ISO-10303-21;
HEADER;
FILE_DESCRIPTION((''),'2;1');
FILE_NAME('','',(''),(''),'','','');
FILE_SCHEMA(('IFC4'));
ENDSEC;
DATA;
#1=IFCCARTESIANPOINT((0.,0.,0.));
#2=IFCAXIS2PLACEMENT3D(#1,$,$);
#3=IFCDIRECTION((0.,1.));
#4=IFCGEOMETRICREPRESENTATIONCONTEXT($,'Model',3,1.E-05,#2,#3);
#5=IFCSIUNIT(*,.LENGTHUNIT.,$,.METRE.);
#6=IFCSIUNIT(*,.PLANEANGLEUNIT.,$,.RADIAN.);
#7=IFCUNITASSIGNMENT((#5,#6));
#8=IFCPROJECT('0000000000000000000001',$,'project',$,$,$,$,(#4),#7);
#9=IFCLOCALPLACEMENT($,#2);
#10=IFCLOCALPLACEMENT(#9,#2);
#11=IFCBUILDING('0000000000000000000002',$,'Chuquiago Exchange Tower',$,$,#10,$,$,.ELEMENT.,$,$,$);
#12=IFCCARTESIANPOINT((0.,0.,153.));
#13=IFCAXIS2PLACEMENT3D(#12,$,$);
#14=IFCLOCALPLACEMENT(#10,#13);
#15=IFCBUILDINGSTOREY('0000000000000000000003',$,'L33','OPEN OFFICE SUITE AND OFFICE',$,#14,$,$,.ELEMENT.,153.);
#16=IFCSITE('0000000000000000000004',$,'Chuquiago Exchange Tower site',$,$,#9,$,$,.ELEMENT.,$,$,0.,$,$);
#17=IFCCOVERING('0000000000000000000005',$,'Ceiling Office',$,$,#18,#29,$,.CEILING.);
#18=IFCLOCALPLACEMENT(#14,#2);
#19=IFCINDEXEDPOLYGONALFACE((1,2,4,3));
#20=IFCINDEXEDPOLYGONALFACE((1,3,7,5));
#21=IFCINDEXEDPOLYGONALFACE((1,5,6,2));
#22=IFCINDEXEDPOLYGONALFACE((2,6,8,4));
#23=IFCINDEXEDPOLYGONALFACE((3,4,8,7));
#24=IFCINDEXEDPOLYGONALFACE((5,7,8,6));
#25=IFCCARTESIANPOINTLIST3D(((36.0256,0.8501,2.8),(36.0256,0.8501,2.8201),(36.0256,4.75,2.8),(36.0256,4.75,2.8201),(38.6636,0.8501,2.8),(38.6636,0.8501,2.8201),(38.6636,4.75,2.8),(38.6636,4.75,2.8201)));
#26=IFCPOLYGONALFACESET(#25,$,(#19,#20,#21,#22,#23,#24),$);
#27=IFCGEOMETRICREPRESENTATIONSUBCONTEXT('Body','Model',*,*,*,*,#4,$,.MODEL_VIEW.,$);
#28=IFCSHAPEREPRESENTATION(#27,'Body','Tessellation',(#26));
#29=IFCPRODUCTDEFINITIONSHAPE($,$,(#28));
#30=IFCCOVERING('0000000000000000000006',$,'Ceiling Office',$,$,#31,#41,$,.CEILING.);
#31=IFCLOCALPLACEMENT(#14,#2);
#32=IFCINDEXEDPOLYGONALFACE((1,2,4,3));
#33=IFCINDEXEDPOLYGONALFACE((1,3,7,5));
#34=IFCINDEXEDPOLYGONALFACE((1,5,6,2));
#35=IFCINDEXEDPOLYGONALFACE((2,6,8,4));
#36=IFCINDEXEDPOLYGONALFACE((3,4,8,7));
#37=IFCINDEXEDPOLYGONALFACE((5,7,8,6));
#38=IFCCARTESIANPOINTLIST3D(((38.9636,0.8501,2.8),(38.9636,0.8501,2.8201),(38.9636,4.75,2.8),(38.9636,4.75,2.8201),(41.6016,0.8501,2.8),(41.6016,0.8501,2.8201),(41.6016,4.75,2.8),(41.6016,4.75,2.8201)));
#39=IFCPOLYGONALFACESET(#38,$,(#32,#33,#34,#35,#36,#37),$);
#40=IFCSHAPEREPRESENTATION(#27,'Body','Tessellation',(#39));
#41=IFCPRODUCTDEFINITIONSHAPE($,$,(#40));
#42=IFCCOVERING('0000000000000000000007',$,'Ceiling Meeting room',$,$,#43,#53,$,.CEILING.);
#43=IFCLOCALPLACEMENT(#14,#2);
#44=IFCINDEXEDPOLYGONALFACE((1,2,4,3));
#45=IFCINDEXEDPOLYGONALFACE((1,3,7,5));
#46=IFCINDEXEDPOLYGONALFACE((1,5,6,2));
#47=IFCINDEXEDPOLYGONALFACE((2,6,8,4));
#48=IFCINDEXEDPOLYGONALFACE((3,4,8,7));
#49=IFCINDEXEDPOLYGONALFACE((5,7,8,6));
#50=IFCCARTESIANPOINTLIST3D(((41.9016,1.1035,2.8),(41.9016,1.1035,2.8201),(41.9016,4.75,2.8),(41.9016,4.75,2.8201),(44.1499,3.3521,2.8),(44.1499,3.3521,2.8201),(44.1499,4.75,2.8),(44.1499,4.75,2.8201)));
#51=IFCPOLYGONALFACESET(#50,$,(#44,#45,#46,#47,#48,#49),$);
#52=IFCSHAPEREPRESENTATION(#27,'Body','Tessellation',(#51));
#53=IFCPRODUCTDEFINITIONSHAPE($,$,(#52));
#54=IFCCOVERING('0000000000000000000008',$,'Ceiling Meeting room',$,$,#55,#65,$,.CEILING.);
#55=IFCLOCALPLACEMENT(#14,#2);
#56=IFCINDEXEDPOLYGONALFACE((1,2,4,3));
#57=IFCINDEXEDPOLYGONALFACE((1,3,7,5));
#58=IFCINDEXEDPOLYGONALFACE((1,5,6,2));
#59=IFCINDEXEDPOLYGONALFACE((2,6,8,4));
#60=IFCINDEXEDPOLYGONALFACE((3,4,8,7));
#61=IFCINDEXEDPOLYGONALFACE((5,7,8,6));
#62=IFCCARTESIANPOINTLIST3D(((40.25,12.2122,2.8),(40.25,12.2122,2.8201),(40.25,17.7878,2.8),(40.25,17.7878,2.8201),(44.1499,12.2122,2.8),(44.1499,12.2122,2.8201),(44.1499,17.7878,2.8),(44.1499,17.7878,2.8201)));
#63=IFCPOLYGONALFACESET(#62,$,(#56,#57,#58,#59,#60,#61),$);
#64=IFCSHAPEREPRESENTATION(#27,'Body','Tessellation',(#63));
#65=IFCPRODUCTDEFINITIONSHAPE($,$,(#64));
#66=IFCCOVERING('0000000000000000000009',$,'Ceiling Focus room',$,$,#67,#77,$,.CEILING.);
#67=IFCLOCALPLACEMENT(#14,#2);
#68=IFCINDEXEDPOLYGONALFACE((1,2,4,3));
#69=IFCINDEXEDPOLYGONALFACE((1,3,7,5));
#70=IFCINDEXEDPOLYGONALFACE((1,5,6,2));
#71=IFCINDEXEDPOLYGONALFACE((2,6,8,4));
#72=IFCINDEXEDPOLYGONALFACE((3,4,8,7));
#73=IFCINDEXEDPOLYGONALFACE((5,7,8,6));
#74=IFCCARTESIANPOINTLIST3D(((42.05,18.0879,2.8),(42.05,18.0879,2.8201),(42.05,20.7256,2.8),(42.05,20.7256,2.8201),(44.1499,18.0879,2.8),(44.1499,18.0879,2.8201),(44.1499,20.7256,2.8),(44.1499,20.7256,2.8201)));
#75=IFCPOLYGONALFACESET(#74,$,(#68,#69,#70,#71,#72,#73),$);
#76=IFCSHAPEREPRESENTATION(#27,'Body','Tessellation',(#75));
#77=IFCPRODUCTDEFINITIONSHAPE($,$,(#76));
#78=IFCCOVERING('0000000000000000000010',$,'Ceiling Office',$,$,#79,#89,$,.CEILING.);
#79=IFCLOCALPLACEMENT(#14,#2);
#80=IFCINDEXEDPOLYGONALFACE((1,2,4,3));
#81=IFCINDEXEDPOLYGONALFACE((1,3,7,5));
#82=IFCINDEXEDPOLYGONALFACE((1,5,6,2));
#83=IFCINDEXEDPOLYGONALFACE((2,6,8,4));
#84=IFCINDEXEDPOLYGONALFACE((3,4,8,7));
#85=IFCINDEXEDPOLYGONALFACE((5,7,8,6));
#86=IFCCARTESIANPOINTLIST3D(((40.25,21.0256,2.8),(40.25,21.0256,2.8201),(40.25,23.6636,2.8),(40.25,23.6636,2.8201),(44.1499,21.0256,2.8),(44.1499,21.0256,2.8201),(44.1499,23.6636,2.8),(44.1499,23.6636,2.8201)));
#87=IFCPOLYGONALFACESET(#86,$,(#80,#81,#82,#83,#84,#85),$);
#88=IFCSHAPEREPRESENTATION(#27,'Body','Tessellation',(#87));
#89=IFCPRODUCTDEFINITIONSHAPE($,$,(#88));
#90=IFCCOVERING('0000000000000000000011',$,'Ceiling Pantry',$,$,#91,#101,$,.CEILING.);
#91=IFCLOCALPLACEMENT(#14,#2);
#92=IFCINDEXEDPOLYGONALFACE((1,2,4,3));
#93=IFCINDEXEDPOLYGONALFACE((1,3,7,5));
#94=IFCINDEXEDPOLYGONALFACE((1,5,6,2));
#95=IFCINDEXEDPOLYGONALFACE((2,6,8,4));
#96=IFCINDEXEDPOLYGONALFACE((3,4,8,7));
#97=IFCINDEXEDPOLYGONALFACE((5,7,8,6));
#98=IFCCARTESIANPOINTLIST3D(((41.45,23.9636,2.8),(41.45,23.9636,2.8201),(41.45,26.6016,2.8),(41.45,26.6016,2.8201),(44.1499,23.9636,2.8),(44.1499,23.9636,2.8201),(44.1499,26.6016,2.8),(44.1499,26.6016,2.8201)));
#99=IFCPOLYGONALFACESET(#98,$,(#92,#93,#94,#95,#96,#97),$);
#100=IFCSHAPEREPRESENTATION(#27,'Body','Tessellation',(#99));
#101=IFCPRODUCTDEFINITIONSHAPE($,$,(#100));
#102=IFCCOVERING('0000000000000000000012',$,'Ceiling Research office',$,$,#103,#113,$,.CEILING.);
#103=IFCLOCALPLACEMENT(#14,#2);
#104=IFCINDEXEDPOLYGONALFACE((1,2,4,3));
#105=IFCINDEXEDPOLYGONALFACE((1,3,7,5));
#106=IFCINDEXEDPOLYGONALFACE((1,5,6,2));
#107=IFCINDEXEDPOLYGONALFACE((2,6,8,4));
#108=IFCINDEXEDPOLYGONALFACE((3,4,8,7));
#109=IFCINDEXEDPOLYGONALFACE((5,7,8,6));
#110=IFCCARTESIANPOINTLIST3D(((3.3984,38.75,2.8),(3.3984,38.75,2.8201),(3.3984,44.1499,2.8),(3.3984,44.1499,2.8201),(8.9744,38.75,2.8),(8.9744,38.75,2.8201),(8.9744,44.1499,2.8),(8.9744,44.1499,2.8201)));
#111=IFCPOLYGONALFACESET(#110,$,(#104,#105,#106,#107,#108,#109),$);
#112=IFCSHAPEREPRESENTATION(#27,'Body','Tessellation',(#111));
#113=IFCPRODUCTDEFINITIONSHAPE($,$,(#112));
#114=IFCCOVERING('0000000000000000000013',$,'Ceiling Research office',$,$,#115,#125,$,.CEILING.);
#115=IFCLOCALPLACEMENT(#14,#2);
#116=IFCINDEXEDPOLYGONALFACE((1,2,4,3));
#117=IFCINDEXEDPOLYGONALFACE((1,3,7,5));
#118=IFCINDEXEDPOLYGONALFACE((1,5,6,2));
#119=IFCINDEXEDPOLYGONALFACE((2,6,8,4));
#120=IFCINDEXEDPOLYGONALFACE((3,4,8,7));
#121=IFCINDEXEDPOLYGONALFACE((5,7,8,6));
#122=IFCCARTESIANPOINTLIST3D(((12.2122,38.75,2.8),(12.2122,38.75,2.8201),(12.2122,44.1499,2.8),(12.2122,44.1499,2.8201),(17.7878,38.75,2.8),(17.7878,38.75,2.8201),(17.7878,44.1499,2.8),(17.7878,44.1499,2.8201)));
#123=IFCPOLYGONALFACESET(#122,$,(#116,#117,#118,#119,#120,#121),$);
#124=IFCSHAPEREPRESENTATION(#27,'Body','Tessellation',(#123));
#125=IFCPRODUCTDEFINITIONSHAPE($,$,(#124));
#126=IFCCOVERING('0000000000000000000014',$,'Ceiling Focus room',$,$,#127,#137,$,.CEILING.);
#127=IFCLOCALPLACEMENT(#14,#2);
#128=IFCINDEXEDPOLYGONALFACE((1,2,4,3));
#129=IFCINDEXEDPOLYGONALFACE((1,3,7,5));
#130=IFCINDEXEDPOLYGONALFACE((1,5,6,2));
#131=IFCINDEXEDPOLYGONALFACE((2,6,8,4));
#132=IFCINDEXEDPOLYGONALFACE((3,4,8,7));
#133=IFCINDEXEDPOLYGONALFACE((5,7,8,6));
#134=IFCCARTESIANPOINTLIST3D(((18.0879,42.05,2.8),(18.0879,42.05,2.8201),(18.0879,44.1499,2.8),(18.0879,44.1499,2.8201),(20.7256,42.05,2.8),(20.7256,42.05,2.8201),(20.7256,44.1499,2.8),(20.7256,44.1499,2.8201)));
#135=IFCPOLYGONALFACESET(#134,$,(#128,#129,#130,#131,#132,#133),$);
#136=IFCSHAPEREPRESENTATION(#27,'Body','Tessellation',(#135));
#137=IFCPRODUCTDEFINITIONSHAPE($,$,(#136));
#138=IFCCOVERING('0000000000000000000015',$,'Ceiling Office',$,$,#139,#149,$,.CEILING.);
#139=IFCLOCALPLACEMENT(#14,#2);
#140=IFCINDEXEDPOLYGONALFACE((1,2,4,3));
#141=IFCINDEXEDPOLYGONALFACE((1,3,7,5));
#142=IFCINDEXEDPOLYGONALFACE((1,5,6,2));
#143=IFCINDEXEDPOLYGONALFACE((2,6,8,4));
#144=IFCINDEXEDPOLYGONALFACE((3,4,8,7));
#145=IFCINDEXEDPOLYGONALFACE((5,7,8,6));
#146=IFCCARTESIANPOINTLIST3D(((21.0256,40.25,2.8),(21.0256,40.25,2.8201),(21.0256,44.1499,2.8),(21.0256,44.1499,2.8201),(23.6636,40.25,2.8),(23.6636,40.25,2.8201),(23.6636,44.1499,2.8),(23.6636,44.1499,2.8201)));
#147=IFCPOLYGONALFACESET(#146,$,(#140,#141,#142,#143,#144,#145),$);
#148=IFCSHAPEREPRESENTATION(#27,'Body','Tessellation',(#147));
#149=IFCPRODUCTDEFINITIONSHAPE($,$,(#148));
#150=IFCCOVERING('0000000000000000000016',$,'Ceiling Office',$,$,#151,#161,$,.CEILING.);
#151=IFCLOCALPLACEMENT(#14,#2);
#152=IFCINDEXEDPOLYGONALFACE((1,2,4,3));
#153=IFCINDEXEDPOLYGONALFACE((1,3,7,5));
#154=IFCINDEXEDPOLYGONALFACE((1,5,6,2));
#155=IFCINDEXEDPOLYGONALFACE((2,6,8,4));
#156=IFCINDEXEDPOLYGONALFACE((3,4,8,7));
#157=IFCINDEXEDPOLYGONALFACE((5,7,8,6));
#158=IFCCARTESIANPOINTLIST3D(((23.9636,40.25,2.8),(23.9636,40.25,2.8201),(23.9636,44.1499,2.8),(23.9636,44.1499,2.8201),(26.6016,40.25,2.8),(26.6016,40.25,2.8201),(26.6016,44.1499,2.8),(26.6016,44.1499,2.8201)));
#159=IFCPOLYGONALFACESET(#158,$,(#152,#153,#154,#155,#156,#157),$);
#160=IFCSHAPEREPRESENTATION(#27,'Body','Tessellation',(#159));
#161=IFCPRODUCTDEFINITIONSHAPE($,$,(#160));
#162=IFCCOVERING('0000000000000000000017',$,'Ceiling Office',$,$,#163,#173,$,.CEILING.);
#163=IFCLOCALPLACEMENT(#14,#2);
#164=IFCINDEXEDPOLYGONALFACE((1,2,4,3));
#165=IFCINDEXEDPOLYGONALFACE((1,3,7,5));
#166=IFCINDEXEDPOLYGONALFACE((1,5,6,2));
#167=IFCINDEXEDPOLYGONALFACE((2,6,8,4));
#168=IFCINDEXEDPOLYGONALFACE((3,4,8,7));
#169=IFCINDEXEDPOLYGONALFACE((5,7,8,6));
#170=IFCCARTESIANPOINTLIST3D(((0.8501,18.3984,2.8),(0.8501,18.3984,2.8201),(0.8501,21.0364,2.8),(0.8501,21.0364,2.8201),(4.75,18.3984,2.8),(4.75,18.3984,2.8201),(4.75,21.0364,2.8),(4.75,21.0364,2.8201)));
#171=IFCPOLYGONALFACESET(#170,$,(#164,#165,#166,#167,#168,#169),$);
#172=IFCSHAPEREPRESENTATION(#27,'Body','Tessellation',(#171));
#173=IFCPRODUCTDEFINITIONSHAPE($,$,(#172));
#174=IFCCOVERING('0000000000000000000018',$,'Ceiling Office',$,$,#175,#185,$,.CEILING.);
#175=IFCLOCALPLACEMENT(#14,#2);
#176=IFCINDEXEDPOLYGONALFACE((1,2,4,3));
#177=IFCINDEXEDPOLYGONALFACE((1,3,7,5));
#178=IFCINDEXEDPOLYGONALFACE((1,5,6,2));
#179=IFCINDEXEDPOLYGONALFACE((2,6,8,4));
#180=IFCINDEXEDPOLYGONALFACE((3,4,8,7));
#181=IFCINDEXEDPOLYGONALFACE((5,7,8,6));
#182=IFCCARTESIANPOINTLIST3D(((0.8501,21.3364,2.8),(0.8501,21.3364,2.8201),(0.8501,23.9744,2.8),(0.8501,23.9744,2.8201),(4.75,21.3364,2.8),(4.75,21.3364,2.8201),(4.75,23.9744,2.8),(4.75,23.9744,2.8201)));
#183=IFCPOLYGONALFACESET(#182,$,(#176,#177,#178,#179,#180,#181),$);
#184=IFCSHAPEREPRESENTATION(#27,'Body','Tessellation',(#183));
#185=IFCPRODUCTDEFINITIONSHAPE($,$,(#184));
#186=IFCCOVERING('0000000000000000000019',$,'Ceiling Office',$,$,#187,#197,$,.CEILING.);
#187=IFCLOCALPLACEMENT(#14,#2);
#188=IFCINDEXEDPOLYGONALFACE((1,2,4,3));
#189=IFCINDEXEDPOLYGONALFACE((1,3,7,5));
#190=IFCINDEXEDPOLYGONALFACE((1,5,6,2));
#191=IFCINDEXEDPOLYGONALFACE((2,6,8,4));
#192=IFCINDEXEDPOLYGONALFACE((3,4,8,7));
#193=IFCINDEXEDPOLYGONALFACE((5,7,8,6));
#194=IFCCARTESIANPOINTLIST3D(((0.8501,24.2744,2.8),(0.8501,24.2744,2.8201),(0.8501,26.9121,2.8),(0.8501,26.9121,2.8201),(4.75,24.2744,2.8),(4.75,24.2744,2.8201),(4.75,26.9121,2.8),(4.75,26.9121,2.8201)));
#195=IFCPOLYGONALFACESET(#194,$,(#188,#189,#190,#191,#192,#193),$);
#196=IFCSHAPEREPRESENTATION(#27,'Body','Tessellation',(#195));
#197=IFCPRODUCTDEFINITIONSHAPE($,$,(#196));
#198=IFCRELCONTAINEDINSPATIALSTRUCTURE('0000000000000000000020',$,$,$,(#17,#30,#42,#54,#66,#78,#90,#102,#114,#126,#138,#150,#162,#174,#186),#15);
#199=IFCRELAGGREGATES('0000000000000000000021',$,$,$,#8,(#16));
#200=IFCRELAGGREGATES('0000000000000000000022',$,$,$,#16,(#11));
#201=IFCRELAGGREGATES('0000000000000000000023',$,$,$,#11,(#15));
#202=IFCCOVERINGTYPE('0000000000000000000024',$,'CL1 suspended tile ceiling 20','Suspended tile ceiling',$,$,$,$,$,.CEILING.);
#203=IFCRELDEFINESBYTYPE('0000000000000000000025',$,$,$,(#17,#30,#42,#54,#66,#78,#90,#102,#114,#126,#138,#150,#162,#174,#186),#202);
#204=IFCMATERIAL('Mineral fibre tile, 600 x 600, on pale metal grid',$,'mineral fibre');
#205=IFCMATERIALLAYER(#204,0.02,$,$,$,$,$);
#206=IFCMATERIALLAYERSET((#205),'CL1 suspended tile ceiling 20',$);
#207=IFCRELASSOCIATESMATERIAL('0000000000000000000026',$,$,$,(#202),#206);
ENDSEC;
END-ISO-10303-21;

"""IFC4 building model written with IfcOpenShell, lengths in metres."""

from ifc_helpers import new_model, si_unit, direction, frame, origin, place, context, subcontext, project, spatial, polyline, outline, extrude, material, layer, layer_set, type_object, element, save


model = new_model("IFC4")

# Units and contexts
model_context = context("Model", 3, precision=1e-05, world=origin(), true_north=direction((0.0, 1.0)))
body_context = subcontext(model_context, "Body", "Model", "MODEL_VIEW")
ifc_project = project(units=[si_unit("LENGTHUNIT", "METRE"), si_unit("PLANEANGLEUNIT", "RADIAN")], contexts=[model_context])

# Site, building, storey
site_placement = place(None, origin())
site = spatial("IfcSite", under=ifc_project, at=site_placement, Name="Chuquiago Exchange Tower site", CompositionType="ELEMENT", RefElevation=0.0)
building_placement = place(site_placement, origin())
building = spatial("IfcBuilding", under=site, at=building_placement, Name="Chuquiago Exchange Tower", CompositionType="ELEMENT")
storey_placement = place(building_placement, frame((0.0, 0.0, 153.0)))
storey = spatial("IfcBuildingStorey", under=building, at=storey_placement, Name="L33", Description="OPEN OFFICE SUITE AND OFFICE", CompositionType="ELEMENT", Elevation=153.0)

# Coverings
ifc_material_1 = material(Name="Mineral fibre tile, 600 x 600, on pale metal grid", Category="mineral fibre")
ifc_layer_1 = layer(ifc_material_1, 0.02)
ifc_layer_set_1 = layer_set([ifc_layer_1], Name="CL1 suspended tile ceiling 20")
covering_type_1 = type_object("IfcCoveringType", Name="CL1 suspended tile ceiling 20", Description="Suspended tile ceiling", PredefinedType="CEILING", material=ifc_layer_set_1)
covering_1_placement = place(storey_placement, frame((0.0, 0.0, 2.8)))
element("IfcCovering", 1, at=covering_1_placement, inside=storey, type_object=covering_type_1, Name="Ceiling Office", PredefinedType="CEILING", context=body_context, shape_type="SweptSolid", body=[
    extrude(outline(polyline([(36.0256, 4.75), (38.6636, 4.75), (38.6636, 0.8501), (36.0256, 0.8501), (36.0256, 4.75)])), origin(), (0.0, 0.0, 1.0), 0.02),
])
covering_2_placement = place(storey_placement, frame((0.0, 0.0, 2.8)))
element("IfcCovering", 2, at=covering_2_placement, inside=storey, type_object=covering_type_1, Name="Ceiling Office", PredefinedType="CEILING", context=body_context, shape_type="SweptSolid", body=[
    extrude(outline(polyline([(38.9636, 0.8501), (38.9636, 4.75), (41.6016, 4.75), (41.6016, 0.8501), (38.9636, 0.8501)])), origin(), (0.0, 0.0, 1.0), 0.02),
])
covering_3_placement = place(storey_placement, frame((0.0, 0.0, 2.8)))
element("IfcCovering", 3, at=covering_3_placement, inside=storey, type_object=covering_type_1, Name="Ceiling Meeting room", PredefinedType="CEILING", context=body_context, shape_type="SweptSolid", body=[
    extrude(outline(polyline([(41.9016, 1.1035), (41.9016, 4.75), (44.1499, 4.75), (44.1499, 3.3521), (41.9016, 1.1035)])), origin(), (0.0, 0.0, 1.0), 0.02),
])
covering_4_placement = place(storey_placement, frame((0.0, 0.0, 2.8)))
element("IfcCovering", 4, at=covering_4_placement, inside=storey, type_object=covering_type_1, Name="Ceiling Meeting room", PredefinedType="CEILING", context=body_context, shape_type="SweptSolid", body=[
    extrude(outline(polyline([(40.25, 12.2122), (40.25, 17.7878), (44.1499, 17.7878), (44.1499, 12.2122), (40.25, 12.2122)])), origin(), (0.0, 0.0, 1.0), 0.02),
])
covering_5_placement = place(storey_placement, frame((0.0, 0.0, 2.8)))
element("IfcCovering", 5, at=covering_5_placement, inside=storey, type_object=covering_type_1, Name="Ceiling Focus room", PredefinedType="CEILING", context=body_context, shape_type="SweptSolid", body=[
    extrude(outline(polyline([(42.05, 18.0879), (42.05, 20.7256), (44.1499, 20.7256), (44.1499, 18.0879), (42.05, 18.0879)])), origin(), (0.0, 0.0, 1.0), 0.02),
])
covering_6_placement = place(storey_placement, frame((0.0, 0.0, 2.8)))
element("IfcCovering", 6, at=covering_6_placement, inside=storey, type_object=covering_type_1, Name="Ceiling Office", PredefinedType="CEILING", context=body_context, shape_type="SweptSolid", body=[
    extrude(outline(polyline([(40.25, 21.0256), (40.25, 23.6636), (44.1499, 23.6636), (44.1499, 21.0256), (40.25, 21.0256)])), origin(), (0.0, 0.0, 1.0), 0.02),
])
covering_7_placement = place(storey_placement, frame((0.0, 0.0, 2.8)))
element("IfcCovering", 7, at=covering_7_placement, inside=storey, type_object=covering_type_1, Name="Ceiling Pantry", PredefinedType="CEILING", context=body_context, shape_type="SweptSolid", body=[
    extrude(outline(polyline([(44.1499, 23.9636), (41.45, 23.9636), (41.45, 26.6016), (44.1499, 26.6016), (44.1499, 23.9636)])), origin(), (0.0, 0.0, 1.0), 0.02),
])
covering_8_placement = place(storey_placement, frame((0.0, 0.0, 2.8)))
element("IfcCovering", 8, at=covering_8_placement, inside=storey, type_object=covering_type_1, Name="Ceiling Research office", PredefinedType="CEILING", context=body_context, shape_type="SweptSolid", body=[
    extrude(outline(polyline([(8.9744, 44.1499), (8.9744, 38.75), (3.3984, 38.75), (3.3984, 44.1499), (8.9744, 44.1499)])), origin(), (0.0, 0.0, 1.0), 0.02),
])
covering_9_placement = place(storey_placement, frame((0.0, 0.0, 2.8)))
element("IfcCovering", 9, at=covering_9_placement, inside=storey, type_object=covering_type_1, Name="Ceiling Research office", PredefinedType="CEILING", context=body_context, shape_type="SweptSolid", body=[
    extrude(outline(polyline([(17.7878, 38.75), (12.2122, 38.75), (12.2122, 44.1499), (17.7878, 44.1499), (17.7878, 38.75)])), origin(), (0.0, 0.0, 1.0), 0.02),
])
covering_10_placement = place(storey_placement, frame((0.0, 0.0, 2.8)))
element("IfcCovering", 10, at=covering_10_placement, inside=storey, type_object=covering_type_1, Name="Ceiling Focus room", PredefinedType="CEILING", context=body_context, shape_type="SweptSolid", body=[
    extrude(outline(polyline([(20.7256, 42.05), (18.0879, 42.05), (18.0879, 44.1499), (20.7256, 44.1499), (20.7256, 42.05)])), origin(), (0.0, 0.0, 1.0), 0.02),
])
covering_11_placement = place(storey_placement, frame((0.0, 0.0, 2.8)))
element("IfcCovering", 11, at=covering_11_placement, inside=storey, type_object=covering_type_1, Name="Ceiling Office", PredefinedType="CEILING", context=body_context, shape_type="SweptSolid", body=[
    extrude(outline(polyline([(23.6636, 40.25), (21.0256, 40.25), (21.0256, 44.1499), (23.6636, 44.1499), (23.6636, 40.25)])), origin(), (0.0, 0.0, 1.0), 0.02),
])
covering_12_placement = place(storey_placement, frame((0.0, 0.0, 2.8)))
element("IfcCovering", 12, at=covering_12_placement, inside=storey, type_object=covering_type_1, Name="Ceiling Office", PredefinedType="CEILING", context=body_context, shape_type="SweptSolid", body=[
    extrude(outline(polyline([(26.6016, 40.25), (23.9636, 40.25), (23.9636, 44.1499), (26.6016, 44.1499), (26.6016, 40.25)])), origin(), (0.0, 0.0, 1.0), 0.02),
])
covering_13_placement = place(storey_placement, frame((0.0, 0.0, 2.8)))
element("IfcCovering", 13, at=covering_13_placement, inside=storey, type_object=covering_type_1, Name="Ceiling Office", PredefinedType="CEILING", context=body_context, shape_type="SweptSolid", body=[
    extrude(outline(polyline([(0.8501, 21.0364), (4.75, 21.0364), (4.75, 18.3984), (0.8501, 18.3984), (0.8501, 21.0364)])), origin(), (0.0, 0.0, 1.0), 0.02),
])
covering_14_placement = place(storey_placement, frame((0.0, 0.0, 2.8)))
element("IfcCovering", 14, at=covering_14_placement, inside=storey, type_object=covering_type_1, Name="Ceiling Office", PredefinedType="CEILING", context=body_context, shape_type="SweptSolid", body=[
    extrude(outline(polyline([(4.75, 23.9744), (4.75, 21.3364), (0.8501, 21.3364), (0.8501, 23.9744), (4.75, 23.9744)])), origin(), (0.0, 0.0, 1.0), 0.02),
])
covering_15_placement = place(storey_placement, frame((0.0, 0.0, 2.8)))
element("IfcCovering", 15, at=covering_15_placement, inside=storey, type_object=covering_type_1, Name="Ceiling Office", PredefinedType="CEILING", context=body_context, shape_type="SweptSolid", body=[
    extrude(outline(polyline([(4.75, 26.9121), (4.75, 24.2744), (0.8501, 24.2744), (0.8501, 26.9121), (4.75, 26.9121)])), origin(), (0.0, 0.0, 1.0), 0.02),
])

save(model, "model.ifc")
